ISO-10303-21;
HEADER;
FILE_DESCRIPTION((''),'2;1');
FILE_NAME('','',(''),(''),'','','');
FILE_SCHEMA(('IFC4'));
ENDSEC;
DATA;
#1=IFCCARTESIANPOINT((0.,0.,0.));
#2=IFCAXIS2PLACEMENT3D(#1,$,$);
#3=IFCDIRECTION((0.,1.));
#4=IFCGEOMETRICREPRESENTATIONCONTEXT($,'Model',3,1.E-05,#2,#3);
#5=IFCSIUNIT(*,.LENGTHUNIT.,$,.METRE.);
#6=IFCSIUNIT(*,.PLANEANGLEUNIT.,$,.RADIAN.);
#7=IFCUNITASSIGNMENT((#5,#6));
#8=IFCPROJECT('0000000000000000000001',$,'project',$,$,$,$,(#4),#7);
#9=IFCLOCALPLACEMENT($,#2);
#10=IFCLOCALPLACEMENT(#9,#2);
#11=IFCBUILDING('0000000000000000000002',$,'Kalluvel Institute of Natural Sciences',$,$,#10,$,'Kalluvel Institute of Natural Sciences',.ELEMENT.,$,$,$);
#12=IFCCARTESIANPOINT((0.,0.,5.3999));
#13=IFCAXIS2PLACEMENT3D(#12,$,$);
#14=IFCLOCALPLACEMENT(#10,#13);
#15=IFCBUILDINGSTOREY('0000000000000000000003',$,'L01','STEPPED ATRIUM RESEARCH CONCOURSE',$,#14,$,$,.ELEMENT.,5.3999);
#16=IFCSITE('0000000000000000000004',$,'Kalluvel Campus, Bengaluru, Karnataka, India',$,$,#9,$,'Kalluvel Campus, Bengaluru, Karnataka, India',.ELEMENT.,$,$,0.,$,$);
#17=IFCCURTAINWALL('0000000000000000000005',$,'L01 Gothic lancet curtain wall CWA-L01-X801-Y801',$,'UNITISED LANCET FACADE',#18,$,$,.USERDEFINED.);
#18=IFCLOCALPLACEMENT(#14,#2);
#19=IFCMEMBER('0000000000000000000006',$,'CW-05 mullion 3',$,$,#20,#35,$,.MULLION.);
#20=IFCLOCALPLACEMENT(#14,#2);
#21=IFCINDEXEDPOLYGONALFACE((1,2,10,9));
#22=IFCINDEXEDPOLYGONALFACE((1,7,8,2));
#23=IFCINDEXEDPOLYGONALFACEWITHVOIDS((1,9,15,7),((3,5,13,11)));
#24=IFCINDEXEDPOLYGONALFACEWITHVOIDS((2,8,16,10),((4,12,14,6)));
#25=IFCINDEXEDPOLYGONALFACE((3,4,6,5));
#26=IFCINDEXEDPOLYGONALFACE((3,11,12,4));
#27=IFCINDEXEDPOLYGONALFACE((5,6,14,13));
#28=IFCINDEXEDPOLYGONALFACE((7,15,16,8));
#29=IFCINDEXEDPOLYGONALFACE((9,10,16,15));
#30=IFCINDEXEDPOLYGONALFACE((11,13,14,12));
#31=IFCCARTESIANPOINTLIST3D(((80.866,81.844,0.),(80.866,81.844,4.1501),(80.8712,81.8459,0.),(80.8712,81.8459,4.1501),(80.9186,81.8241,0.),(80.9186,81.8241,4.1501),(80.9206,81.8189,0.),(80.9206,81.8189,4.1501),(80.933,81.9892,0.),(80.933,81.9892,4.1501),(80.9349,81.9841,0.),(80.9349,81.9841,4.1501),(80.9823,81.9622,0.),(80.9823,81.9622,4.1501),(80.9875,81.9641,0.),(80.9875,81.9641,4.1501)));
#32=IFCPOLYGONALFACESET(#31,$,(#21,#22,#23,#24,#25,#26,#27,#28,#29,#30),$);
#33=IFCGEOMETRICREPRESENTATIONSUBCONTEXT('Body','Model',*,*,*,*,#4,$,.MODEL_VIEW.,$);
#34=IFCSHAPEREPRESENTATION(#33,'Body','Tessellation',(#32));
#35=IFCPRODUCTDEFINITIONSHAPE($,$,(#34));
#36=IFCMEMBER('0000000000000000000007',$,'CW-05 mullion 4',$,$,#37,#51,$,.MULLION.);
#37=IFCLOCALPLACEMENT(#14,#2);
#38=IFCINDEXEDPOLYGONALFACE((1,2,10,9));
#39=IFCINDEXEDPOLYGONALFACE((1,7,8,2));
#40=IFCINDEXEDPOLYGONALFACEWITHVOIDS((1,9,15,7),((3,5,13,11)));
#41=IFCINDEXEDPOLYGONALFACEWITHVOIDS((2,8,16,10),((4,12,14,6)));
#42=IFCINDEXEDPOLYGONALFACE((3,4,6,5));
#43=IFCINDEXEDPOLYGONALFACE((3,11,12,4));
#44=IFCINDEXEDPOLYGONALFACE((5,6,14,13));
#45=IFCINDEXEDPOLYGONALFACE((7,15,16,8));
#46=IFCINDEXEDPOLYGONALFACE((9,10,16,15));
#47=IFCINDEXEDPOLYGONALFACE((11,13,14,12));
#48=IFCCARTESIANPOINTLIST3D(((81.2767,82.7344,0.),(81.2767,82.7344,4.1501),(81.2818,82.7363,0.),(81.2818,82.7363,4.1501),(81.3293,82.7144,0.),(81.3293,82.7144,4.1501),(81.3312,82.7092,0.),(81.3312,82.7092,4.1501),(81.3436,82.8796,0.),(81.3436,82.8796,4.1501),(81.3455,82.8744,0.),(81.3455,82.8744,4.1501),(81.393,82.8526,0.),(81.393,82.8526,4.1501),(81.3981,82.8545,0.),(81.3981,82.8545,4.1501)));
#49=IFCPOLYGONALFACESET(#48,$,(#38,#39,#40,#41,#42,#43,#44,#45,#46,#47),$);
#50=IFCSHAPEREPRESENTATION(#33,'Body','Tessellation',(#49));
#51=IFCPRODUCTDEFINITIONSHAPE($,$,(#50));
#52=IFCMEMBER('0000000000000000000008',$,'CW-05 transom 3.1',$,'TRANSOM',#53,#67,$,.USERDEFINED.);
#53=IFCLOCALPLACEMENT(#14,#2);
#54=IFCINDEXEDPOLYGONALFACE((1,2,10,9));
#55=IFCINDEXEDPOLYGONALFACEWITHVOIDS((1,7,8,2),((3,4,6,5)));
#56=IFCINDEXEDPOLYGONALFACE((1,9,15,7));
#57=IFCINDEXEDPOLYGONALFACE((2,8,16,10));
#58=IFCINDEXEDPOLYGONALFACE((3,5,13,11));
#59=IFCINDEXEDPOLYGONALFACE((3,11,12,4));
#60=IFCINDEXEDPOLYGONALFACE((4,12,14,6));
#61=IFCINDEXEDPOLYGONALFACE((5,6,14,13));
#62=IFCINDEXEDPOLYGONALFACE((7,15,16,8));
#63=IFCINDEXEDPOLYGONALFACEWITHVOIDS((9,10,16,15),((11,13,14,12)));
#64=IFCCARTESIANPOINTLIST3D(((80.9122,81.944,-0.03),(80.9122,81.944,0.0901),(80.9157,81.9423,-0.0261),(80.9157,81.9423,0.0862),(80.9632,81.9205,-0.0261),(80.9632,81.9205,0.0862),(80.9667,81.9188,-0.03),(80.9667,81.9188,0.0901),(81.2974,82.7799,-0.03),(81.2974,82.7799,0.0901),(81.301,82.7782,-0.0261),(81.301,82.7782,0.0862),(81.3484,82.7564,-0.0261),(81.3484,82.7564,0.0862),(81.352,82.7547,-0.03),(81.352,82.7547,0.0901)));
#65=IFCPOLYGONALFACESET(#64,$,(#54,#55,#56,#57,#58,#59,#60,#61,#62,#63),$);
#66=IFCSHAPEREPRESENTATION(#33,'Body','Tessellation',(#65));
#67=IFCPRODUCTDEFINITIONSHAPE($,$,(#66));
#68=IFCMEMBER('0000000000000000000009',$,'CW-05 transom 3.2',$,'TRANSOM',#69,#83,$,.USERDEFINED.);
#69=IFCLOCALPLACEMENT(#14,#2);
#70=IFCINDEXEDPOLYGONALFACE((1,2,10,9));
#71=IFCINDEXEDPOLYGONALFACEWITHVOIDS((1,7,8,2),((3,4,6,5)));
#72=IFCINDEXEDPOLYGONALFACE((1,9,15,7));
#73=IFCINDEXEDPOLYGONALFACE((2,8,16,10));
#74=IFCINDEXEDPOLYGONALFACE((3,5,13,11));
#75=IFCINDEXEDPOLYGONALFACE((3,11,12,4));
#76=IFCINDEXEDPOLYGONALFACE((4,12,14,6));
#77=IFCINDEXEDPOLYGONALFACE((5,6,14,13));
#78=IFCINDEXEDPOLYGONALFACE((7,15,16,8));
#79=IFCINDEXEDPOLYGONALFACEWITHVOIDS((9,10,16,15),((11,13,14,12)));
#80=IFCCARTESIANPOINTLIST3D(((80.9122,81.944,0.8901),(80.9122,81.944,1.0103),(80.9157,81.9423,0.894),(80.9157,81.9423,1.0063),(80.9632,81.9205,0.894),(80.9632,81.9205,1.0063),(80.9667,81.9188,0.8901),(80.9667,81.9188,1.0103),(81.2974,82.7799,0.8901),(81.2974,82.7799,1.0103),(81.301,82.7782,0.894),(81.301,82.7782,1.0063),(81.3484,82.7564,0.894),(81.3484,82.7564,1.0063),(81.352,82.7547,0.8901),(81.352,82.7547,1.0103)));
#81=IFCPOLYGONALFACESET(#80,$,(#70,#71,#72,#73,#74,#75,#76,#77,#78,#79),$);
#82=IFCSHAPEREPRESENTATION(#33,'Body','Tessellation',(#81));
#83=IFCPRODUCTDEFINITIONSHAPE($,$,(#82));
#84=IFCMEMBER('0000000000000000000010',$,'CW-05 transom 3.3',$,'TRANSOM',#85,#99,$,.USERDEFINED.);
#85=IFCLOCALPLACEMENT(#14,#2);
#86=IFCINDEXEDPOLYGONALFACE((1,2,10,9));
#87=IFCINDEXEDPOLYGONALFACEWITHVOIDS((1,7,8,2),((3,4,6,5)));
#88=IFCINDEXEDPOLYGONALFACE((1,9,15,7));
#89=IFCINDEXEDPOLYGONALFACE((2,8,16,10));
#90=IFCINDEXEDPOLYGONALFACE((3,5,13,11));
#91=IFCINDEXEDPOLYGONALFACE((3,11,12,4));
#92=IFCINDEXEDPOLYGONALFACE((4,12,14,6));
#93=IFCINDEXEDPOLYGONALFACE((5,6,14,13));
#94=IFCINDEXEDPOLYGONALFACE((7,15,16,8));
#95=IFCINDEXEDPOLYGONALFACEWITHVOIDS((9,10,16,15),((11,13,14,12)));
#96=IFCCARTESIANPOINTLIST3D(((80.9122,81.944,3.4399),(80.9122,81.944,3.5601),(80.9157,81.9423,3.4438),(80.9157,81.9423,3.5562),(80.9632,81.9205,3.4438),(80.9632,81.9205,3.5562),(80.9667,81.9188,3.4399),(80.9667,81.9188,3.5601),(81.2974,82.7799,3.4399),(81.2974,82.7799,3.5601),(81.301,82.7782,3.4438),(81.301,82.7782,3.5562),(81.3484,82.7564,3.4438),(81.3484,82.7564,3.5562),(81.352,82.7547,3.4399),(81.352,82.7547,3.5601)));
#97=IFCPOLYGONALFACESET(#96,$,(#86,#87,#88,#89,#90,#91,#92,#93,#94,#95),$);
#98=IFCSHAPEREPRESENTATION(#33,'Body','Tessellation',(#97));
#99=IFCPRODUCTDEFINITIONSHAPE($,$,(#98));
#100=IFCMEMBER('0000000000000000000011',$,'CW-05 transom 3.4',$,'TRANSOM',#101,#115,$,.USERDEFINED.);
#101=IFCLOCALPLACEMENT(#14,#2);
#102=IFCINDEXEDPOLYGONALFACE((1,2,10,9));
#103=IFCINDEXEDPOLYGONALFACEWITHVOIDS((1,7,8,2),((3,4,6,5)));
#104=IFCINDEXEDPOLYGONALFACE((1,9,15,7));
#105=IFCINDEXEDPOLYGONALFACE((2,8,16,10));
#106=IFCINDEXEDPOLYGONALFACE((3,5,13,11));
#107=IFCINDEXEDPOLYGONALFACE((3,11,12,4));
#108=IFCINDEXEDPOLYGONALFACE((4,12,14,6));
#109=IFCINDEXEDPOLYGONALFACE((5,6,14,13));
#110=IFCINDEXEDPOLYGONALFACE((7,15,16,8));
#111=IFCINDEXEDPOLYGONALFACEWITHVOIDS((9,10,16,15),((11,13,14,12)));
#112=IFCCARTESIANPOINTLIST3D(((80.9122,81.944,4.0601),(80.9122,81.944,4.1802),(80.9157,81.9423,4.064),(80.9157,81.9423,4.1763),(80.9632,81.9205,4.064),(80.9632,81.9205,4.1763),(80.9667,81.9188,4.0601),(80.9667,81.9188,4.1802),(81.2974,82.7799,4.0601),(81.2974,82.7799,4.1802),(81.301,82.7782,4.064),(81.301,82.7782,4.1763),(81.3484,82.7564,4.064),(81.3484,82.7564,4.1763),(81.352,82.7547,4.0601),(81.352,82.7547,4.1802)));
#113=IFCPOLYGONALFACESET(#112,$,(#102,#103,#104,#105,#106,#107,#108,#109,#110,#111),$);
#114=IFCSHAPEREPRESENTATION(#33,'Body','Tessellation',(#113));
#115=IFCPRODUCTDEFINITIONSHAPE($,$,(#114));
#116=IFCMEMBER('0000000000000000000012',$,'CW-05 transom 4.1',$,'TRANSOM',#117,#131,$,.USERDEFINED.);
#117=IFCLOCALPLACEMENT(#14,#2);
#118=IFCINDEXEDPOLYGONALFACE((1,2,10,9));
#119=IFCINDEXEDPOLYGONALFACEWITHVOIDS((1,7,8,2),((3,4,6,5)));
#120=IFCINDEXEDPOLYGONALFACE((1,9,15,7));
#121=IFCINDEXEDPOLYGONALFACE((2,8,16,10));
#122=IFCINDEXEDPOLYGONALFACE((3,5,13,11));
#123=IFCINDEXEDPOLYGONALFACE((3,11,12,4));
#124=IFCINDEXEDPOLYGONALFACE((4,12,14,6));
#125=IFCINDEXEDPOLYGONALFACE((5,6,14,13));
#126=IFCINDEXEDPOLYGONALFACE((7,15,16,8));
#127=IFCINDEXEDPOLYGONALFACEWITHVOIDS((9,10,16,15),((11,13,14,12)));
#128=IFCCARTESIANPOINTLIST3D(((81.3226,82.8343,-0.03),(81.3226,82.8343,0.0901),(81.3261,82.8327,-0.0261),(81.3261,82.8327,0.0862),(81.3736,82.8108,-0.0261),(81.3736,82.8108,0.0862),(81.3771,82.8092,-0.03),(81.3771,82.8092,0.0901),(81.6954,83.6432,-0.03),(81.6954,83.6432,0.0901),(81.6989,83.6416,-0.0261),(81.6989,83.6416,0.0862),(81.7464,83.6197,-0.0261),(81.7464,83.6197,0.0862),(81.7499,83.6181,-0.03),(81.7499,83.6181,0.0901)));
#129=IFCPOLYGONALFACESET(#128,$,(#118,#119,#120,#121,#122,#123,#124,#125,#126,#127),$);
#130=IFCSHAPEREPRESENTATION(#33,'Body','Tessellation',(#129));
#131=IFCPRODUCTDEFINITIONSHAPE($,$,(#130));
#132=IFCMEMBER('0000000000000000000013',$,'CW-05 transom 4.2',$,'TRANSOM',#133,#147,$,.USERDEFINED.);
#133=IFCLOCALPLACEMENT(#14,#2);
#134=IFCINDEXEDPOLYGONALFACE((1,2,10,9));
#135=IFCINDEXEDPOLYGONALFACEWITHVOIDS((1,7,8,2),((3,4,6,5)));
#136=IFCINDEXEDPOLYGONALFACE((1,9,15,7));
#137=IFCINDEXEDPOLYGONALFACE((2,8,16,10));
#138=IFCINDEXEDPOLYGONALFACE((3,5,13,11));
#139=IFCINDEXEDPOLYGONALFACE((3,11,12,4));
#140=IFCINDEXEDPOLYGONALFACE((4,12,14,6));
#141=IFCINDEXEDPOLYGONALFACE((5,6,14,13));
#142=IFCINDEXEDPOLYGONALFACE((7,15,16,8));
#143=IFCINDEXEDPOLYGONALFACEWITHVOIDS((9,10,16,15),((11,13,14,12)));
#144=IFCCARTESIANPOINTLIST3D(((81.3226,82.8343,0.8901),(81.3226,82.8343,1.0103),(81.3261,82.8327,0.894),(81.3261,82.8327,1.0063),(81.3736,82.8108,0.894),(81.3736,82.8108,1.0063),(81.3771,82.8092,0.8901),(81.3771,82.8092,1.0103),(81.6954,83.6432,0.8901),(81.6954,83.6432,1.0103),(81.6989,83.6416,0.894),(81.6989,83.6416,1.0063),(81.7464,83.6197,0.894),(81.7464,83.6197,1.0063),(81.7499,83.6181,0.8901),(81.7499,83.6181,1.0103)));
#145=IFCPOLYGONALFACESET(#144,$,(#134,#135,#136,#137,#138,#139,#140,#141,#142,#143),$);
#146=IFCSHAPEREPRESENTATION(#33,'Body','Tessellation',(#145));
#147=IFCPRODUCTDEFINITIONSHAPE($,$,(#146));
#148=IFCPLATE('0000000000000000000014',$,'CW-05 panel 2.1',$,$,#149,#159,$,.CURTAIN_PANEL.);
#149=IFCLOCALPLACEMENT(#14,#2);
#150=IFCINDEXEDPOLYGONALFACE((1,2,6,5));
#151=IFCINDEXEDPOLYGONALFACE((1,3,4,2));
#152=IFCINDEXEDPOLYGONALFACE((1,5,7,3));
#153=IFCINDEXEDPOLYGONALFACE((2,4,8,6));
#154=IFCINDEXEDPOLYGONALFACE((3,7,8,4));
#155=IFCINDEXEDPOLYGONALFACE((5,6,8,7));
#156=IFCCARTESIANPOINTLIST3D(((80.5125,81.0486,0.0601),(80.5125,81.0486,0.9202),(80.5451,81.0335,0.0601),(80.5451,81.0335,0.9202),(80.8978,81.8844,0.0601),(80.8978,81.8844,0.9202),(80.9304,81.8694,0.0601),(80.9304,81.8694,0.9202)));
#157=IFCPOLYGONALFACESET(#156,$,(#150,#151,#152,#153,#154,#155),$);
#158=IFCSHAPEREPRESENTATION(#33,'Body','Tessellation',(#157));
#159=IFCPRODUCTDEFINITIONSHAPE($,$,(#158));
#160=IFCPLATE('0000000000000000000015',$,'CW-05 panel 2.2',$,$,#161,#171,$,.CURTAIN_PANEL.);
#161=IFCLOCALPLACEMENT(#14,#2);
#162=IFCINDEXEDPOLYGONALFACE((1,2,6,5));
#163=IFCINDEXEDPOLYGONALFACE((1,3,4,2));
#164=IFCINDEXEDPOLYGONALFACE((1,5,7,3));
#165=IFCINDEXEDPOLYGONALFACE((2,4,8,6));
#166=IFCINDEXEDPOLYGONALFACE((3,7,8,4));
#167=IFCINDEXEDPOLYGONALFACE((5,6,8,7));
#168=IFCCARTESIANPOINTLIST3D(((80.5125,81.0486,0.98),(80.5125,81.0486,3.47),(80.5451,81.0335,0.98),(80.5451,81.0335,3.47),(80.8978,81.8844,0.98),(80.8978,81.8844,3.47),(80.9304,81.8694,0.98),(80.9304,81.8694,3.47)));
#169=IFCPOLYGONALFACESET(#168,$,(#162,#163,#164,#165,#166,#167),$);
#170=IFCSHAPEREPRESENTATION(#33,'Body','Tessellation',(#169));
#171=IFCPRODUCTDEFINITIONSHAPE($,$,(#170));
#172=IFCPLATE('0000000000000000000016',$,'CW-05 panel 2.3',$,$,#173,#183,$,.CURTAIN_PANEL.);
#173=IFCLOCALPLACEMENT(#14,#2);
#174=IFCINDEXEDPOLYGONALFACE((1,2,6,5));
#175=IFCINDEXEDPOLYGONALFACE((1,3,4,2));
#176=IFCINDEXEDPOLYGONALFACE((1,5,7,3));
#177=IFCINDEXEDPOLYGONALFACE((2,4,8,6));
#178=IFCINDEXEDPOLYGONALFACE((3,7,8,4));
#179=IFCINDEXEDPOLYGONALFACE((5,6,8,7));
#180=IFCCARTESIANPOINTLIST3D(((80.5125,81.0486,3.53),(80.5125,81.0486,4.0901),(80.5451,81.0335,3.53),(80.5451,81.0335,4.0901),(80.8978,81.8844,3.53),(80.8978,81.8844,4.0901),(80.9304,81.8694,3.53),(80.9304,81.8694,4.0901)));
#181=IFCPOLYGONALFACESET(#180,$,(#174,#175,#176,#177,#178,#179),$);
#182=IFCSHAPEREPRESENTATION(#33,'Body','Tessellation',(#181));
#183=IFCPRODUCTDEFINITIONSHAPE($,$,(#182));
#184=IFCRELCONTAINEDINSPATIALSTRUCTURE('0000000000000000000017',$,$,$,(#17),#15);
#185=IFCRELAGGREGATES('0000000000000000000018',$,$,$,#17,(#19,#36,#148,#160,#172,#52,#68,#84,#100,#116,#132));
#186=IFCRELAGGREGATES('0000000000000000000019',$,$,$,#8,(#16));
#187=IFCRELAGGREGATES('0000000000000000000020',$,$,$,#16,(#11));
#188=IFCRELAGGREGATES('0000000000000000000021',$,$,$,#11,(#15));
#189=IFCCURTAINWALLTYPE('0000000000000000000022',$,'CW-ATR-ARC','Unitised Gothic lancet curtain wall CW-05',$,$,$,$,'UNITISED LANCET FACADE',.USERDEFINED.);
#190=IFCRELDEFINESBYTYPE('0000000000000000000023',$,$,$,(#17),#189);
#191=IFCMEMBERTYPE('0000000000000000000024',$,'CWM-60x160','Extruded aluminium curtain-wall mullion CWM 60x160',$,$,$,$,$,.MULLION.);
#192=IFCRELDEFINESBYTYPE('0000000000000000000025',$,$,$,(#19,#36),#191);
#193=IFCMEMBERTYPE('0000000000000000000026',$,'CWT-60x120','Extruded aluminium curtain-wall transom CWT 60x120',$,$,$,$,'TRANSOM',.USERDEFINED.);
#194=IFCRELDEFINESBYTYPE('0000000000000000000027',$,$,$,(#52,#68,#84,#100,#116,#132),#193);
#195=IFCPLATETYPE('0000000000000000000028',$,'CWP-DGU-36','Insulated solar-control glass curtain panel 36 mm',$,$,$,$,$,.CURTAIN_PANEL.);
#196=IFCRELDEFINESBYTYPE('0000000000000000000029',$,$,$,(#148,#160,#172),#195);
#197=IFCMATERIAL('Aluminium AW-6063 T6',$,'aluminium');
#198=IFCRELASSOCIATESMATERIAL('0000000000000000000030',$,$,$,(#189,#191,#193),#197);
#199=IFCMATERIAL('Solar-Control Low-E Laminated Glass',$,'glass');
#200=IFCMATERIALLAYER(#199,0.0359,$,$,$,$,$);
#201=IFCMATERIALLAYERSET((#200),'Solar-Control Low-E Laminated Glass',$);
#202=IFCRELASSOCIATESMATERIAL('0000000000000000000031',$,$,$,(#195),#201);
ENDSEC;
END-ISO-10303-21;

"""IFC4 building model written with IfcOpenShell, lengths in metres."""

from ifc_helpers import new_model, si_unit, direction, frame, origin, origin_2d, place, context, subcontext, project, spatial, rectangle, hollow_rectangle, extrude, material, layer, layer_set, material_profile, profile_set, type_object, element, aggregate, save


model = new_model("IFC4")

# Units and contexts
model_context = context("Model", 3, precision=1e-05, world=origin(), true_north=direction((0.0, 1.0)))
body_context = subcontext(model_context, "Body", "Model", "MODEL_VIEW")
ifc_project = project(units=[si_unit("LENGTHUNIT", "METRE"), si_unit("PLANEANGLEUNIT", "RADIAN")], contexts=[model_context])

# Site, building, storey
site_placement = place(None, origin())
site = spatial("IfcSite", under=ifc_project, at=site_placement, Name="Kalluvel Campus, Bengaluru, Karnataka, India", LongName="Kalluvel Campus, Bengaluru, Karnataka, India", CompositionType="ELEMENT", RefElevation=0.0)
building_placement = place(site_placement, origin())
building = spatial("IfcBuilding", under=site, at=building_placement, Name="Kalluvel Institute of Natural Sciences", LongName="Kalluvel Institute of Natural Sciences", CompositionType="ELEMENT")
storey_placement = place(building_placement, frame((0.0, 0.0, 5.3999)))
storey = spatial("IfcBuildingStorey", under=building, at=storey_placement, Name="L01", Description="STEPPED ATRIUM RESEARCH CONCOURSE", CompositionType="ELEMENT", Elevation=5.3999)

# Curtain wall, members, plates
ifc_material_1 = material(Name="Aluminium AW-6063 T6", Category="aluminium")
curtain_wall_type = type_object("IfcCurtainWallType", Name="CW-ATR-ARC", Description="Unitised Gothic lancet curtain wall CW-05", ElementType="UNITISED LANCET FACADE", PredefinedType="USERDEFINED", material=ifc_material_1)
curtain_wall_placement = place(storey_placement, origin())
curtain_wall = element("IfcCurtainWall", 1, at=curtain_wall_placement, inside=storey, type_object=curtain_wall_type, Name="L01 Gothic lancet curtain wall CWA-L01-X801-Y801", ObjectType="UNITISED LANCET FACADE", PredefinedType="USERDEFINED")
ifc_material_profile_1 = material_profile(ifc_material_1, hollow_rectangle(XDim=0.0601, YDim=0.1599, WallThickness=0.0039, at=origin_2d()), Name="CWM 60x160")
ifc_profile_set_1 = profile_set([ifc_material_profile_1], Name="Aluminium AW-6063 T6")
member_type_1 = type_object("IfcMemberType", Name="CWM-60x160", Description="Extruded aluminium curtain-wall mullion CWM 60x160", PredefinedType="MULLION", material=ifc_profile_set_1)
member_1_placement = place(storey_placement, frame((80.9268, 81.9041, 0.0), z_axis=(0.0, 0.0, 1.0), x_axis=(-0.908144, 0.418657, 0.0)))
member_1 = element("IfcMember", 2, at=member_1_placement, type_object=member_type_1, Name="CW-05 mullion 3", PredefinedType="MULLION", context=body_context, shape_type="SweptSolid", body=[
    extrude(hollow_rectangle(XDim=0.0601, YDim=0.1599, WallThickness=0.0039, at=origin_2d()), origin(), (0.0, 0.0, 1.0), 4.1501),
])
member_2_placement = place(storey_placement, frame((81.3374, 82.7944, 0.0), z_axis=(0.0, 0.0, 1.0), x_axis=(-0.908144, 0.418657, 0.0)))
member_2 = element("IfcMember", 3, at=member_2_placement, type_object=member_type_1, Name="CW-05 mullion 4", PredefinedType="MULLION", context=body_context, shape_type="SweptSolid", body=[
    extrude(hollow_rectangle(XDim=0.0601, YDim=0.1599, WallThickness=0.0039, at=origin_2d()), origin(), (0.0, 0.0, 1.0), 4.1501),
])
ifc_material_profile_2 = material_profile(ifc_material_1, hollow_rectangle(XDim=0.0601, YDim=0.1201, WallThickness=0.0039, at=origin_2d()), Name="CWT 60x120")
ifc_profile_set_2 = profile_set([ifc_material_profile_2], Name="Aluminium AW-6063 T6")
member_type_2 = type_object("IfcMemberType", Name="CWT-60x120", Description="Extruded aluminium curtain-wall transom CWT 60x120", ElementType="TRANSOM", PredefinedType="USERDEFINED", material=ifc_profile_set_2)
member_3_placement = place(storey_placement, frame((80.9395, 81.9314, 0.03), z_axis=(0.418554, 0.908192, 0.0), x_axis=(-0.908192, 0.418554, 0.0)))
member_3 = element("IfcMember", 4, at=member_3_placement, type_object=member_type_2, Name="CW-05 transom 3.1", ObjectType="TRANSOM", PredefinedType="USERDEFINED", context=body_context, shape_type="SweptSolid", body=[
    extrude(hollow_rectangle(XDim=0.0601, YDim=0.1201, WallThickness=0.0039, at=origin_2d()), origin(), (0.0, 0.0, 1.0), 0.9204),
])
member_4_placement = place(storey_placement, frame((80.9395, 81.9314, 0.9502), z_axis=(0.418554, 0.908192, 0.0), x_axis=(-0.908192, 0.418554, 0.0)))
member_4 = element("IfcMember", 5, at=member_4_placement, type_object=member_type_2, Name="CW-05 transom 3.2", ObjectType="TRANSOM", PredefinedType="USERDEFINED", context=body_context, shape_type="SweptSolid", body=[
    extrude(hollow_rectangle(XDim=0.0601, YDim=0.1201, WallThickness=0.0039, at=origin_2d()), origin(), (0.0, 0.0, 1.0), 0.9204),
])
member_5_placement = place(storey_placement, frame((80.9395, 81.9314, 3.5), z_axis=(0.418554, 0.908192, 0.0), x_axis=(-0.908192, 0.418554, 0.0)))
member_5 = element("IfcMember", 6, at=member_5_placement, type_object=member_type_2, Name="CW-05 transom 3.3", ObjectType="TRANSOM", PredefinedType="USERDEFINED", context=body_context, shape_type="SweptSolid", body=[
    extrude(hollow_rectangle(XDim=0.0601, YDim=0.1201, WallThickness=0.0039, at=origin_2d()), origin(), (0.0, 0.0, 1.0), 0.9204),
])
member_6_placement = place(storey_placement, frame((80.9395, 81.9314, 4.1201), z_axis=(0.418554, 0.908192, 0.0), x_axis=(-0.908192, 0.418554, 0.0)))
member_6 = element("IfcMember", 7, at=member_6_placement, type_object=member_type_2, Name="CW-05 transom 3.4", ObjectType="TRANSOM", PredefinedType="USERDEFINED", context=body_context, shape_type="SweptSolid", body=[
    extrude(hollow_rectangle(XDim=0.0601, YDim=0.1201, WallThickness=0.0039, at=origin_2d()), origin(), (0.0, 0.0, 1.0), 0.9204),
])
member_7_placement = place(storey_placement, frame((81.3499, 82.8218, 0.03), z_axis=(0.418589, 0.908176, 0.0), x_axis=(-0.908176, 0.418589, 0.0)))
member_7 = element("IfcMember", 8, at=member_7_placement, type_object=member_type_2, Name="CW-05 transom 4.1", ObjectType="TRANSOM", PredefinedType="USERDEFINED", context=body_context, shape_type="SweptSolid", body=[
    extrude(hollow_rectangle(XDim=0.0601, YDim=0.1201, WallThickness=0.0039, at=origin_2d()), origin(), (0.0, 0.0, 1.0), 0.8906),
])
member_8_placement = place(storey_placement, frame((81.3499, 82.8218, 0.9502), z_axis=(0.418589, 0.908176, 0.0), x_axis=(-0.908176, 0.418589, 0.0)))
member_8 = element("IfcMember", 9, at=member_8_placement, type_object=member_type_2, Name="CW-05 transom 4.2", ObjectType="TRANSOM", PredefinedType="USERDEFINED", context=body_context, shape_type="SweptSolid", body=[
    extrude(hollow_rectangle(XDim=0.0601, YDim=0.1201, WallThickness=0.0039, at=origin_2d()), origin(), (0.0, 0.0, 1.0), 0.8906),
])
ifc_material_2 = material(Name="Solar-Control Low-E Laminated Glass", Category="glass")
ifc_layer = layer(ifc_material_2, 0.0359)
ifc_layer_set = layer_set([ifc_layer], Name="Solar-Control Low-E Laminated Glass")
plate_type = type_object("IfcPlateType", Name="CWP-DGU-36", Description="Insulated solar-control glass curtain panel 36 mm", PredefinedType="CURTAIN_PANEL", material=ifc_layer_set)
plate_1_placement = place(storey_placement, frame((80.7214, 81.459, 0.0601), z_axis=(0.0, 0.0, 1.0), x_axis=(0.418657, 0.908144, 0.0)))
plate_1 = element("IfcPlate", 10, at=plate_1_placement, type_object=plate_type, Name="CW-05 panel 2.1", PredefinedType="CURTAIN_PANEL", context=body_context, shape_type="SweptSolid", body=[
    extrude(rectangle(XDim=0.9204, YDim=0.0359, at=origin_2d()), origin(), (0.0, 0.0, 1.0), 0.8601),
])
plate_2_placement = place(storey_placement, frame((80.7214, 81.459, 0.98), z_axis=(0.0, 0.0, 1.0), x_axis=(0.418657, 0.908144, 0.0)))
plate_2 = element("IfcPlate", 11, at=plate_2_placement, type_object=plate_type, Name="CW-05 panel 2.2", PredefinedType="CURTAIN_PANEL", context=body_context, shape_type="SweptSolid", body=[
    extrude(rectangle(XDim=0.9204, YDim=0.0359, at=origin_2d()), origin(), (0.0, 0.0, 1.0), 2.49),
])
plate_3_placement = place(storey_placement, frame((80.7214, 81.459, 3.53), z_axis=(0.0, 0.0, 1.0), x_axis=(0.418657, 0.908144, 0.0)))
plate_3 = element("IfcPlate", 12, at=plate_3_placement, type_object=plate_type, Name="CW-05 panel 2.3", PredefinedType="CURTAIN_PANEL", context=body_context, shape_type="SweptSolid", body=[
    extrude(rectangle(XDim=0.9204, YDim=0.0359, at=origin_2d()), origin(), (0.0, 0.0, 1.0), 0.5601),
])
aggregate(curtain_wall, [member_1, member_2, plate_1, plate_2, plate_3, member_3, member_4, member_5, member_6, member_7, member_8])

save(model, "model.ifc")
